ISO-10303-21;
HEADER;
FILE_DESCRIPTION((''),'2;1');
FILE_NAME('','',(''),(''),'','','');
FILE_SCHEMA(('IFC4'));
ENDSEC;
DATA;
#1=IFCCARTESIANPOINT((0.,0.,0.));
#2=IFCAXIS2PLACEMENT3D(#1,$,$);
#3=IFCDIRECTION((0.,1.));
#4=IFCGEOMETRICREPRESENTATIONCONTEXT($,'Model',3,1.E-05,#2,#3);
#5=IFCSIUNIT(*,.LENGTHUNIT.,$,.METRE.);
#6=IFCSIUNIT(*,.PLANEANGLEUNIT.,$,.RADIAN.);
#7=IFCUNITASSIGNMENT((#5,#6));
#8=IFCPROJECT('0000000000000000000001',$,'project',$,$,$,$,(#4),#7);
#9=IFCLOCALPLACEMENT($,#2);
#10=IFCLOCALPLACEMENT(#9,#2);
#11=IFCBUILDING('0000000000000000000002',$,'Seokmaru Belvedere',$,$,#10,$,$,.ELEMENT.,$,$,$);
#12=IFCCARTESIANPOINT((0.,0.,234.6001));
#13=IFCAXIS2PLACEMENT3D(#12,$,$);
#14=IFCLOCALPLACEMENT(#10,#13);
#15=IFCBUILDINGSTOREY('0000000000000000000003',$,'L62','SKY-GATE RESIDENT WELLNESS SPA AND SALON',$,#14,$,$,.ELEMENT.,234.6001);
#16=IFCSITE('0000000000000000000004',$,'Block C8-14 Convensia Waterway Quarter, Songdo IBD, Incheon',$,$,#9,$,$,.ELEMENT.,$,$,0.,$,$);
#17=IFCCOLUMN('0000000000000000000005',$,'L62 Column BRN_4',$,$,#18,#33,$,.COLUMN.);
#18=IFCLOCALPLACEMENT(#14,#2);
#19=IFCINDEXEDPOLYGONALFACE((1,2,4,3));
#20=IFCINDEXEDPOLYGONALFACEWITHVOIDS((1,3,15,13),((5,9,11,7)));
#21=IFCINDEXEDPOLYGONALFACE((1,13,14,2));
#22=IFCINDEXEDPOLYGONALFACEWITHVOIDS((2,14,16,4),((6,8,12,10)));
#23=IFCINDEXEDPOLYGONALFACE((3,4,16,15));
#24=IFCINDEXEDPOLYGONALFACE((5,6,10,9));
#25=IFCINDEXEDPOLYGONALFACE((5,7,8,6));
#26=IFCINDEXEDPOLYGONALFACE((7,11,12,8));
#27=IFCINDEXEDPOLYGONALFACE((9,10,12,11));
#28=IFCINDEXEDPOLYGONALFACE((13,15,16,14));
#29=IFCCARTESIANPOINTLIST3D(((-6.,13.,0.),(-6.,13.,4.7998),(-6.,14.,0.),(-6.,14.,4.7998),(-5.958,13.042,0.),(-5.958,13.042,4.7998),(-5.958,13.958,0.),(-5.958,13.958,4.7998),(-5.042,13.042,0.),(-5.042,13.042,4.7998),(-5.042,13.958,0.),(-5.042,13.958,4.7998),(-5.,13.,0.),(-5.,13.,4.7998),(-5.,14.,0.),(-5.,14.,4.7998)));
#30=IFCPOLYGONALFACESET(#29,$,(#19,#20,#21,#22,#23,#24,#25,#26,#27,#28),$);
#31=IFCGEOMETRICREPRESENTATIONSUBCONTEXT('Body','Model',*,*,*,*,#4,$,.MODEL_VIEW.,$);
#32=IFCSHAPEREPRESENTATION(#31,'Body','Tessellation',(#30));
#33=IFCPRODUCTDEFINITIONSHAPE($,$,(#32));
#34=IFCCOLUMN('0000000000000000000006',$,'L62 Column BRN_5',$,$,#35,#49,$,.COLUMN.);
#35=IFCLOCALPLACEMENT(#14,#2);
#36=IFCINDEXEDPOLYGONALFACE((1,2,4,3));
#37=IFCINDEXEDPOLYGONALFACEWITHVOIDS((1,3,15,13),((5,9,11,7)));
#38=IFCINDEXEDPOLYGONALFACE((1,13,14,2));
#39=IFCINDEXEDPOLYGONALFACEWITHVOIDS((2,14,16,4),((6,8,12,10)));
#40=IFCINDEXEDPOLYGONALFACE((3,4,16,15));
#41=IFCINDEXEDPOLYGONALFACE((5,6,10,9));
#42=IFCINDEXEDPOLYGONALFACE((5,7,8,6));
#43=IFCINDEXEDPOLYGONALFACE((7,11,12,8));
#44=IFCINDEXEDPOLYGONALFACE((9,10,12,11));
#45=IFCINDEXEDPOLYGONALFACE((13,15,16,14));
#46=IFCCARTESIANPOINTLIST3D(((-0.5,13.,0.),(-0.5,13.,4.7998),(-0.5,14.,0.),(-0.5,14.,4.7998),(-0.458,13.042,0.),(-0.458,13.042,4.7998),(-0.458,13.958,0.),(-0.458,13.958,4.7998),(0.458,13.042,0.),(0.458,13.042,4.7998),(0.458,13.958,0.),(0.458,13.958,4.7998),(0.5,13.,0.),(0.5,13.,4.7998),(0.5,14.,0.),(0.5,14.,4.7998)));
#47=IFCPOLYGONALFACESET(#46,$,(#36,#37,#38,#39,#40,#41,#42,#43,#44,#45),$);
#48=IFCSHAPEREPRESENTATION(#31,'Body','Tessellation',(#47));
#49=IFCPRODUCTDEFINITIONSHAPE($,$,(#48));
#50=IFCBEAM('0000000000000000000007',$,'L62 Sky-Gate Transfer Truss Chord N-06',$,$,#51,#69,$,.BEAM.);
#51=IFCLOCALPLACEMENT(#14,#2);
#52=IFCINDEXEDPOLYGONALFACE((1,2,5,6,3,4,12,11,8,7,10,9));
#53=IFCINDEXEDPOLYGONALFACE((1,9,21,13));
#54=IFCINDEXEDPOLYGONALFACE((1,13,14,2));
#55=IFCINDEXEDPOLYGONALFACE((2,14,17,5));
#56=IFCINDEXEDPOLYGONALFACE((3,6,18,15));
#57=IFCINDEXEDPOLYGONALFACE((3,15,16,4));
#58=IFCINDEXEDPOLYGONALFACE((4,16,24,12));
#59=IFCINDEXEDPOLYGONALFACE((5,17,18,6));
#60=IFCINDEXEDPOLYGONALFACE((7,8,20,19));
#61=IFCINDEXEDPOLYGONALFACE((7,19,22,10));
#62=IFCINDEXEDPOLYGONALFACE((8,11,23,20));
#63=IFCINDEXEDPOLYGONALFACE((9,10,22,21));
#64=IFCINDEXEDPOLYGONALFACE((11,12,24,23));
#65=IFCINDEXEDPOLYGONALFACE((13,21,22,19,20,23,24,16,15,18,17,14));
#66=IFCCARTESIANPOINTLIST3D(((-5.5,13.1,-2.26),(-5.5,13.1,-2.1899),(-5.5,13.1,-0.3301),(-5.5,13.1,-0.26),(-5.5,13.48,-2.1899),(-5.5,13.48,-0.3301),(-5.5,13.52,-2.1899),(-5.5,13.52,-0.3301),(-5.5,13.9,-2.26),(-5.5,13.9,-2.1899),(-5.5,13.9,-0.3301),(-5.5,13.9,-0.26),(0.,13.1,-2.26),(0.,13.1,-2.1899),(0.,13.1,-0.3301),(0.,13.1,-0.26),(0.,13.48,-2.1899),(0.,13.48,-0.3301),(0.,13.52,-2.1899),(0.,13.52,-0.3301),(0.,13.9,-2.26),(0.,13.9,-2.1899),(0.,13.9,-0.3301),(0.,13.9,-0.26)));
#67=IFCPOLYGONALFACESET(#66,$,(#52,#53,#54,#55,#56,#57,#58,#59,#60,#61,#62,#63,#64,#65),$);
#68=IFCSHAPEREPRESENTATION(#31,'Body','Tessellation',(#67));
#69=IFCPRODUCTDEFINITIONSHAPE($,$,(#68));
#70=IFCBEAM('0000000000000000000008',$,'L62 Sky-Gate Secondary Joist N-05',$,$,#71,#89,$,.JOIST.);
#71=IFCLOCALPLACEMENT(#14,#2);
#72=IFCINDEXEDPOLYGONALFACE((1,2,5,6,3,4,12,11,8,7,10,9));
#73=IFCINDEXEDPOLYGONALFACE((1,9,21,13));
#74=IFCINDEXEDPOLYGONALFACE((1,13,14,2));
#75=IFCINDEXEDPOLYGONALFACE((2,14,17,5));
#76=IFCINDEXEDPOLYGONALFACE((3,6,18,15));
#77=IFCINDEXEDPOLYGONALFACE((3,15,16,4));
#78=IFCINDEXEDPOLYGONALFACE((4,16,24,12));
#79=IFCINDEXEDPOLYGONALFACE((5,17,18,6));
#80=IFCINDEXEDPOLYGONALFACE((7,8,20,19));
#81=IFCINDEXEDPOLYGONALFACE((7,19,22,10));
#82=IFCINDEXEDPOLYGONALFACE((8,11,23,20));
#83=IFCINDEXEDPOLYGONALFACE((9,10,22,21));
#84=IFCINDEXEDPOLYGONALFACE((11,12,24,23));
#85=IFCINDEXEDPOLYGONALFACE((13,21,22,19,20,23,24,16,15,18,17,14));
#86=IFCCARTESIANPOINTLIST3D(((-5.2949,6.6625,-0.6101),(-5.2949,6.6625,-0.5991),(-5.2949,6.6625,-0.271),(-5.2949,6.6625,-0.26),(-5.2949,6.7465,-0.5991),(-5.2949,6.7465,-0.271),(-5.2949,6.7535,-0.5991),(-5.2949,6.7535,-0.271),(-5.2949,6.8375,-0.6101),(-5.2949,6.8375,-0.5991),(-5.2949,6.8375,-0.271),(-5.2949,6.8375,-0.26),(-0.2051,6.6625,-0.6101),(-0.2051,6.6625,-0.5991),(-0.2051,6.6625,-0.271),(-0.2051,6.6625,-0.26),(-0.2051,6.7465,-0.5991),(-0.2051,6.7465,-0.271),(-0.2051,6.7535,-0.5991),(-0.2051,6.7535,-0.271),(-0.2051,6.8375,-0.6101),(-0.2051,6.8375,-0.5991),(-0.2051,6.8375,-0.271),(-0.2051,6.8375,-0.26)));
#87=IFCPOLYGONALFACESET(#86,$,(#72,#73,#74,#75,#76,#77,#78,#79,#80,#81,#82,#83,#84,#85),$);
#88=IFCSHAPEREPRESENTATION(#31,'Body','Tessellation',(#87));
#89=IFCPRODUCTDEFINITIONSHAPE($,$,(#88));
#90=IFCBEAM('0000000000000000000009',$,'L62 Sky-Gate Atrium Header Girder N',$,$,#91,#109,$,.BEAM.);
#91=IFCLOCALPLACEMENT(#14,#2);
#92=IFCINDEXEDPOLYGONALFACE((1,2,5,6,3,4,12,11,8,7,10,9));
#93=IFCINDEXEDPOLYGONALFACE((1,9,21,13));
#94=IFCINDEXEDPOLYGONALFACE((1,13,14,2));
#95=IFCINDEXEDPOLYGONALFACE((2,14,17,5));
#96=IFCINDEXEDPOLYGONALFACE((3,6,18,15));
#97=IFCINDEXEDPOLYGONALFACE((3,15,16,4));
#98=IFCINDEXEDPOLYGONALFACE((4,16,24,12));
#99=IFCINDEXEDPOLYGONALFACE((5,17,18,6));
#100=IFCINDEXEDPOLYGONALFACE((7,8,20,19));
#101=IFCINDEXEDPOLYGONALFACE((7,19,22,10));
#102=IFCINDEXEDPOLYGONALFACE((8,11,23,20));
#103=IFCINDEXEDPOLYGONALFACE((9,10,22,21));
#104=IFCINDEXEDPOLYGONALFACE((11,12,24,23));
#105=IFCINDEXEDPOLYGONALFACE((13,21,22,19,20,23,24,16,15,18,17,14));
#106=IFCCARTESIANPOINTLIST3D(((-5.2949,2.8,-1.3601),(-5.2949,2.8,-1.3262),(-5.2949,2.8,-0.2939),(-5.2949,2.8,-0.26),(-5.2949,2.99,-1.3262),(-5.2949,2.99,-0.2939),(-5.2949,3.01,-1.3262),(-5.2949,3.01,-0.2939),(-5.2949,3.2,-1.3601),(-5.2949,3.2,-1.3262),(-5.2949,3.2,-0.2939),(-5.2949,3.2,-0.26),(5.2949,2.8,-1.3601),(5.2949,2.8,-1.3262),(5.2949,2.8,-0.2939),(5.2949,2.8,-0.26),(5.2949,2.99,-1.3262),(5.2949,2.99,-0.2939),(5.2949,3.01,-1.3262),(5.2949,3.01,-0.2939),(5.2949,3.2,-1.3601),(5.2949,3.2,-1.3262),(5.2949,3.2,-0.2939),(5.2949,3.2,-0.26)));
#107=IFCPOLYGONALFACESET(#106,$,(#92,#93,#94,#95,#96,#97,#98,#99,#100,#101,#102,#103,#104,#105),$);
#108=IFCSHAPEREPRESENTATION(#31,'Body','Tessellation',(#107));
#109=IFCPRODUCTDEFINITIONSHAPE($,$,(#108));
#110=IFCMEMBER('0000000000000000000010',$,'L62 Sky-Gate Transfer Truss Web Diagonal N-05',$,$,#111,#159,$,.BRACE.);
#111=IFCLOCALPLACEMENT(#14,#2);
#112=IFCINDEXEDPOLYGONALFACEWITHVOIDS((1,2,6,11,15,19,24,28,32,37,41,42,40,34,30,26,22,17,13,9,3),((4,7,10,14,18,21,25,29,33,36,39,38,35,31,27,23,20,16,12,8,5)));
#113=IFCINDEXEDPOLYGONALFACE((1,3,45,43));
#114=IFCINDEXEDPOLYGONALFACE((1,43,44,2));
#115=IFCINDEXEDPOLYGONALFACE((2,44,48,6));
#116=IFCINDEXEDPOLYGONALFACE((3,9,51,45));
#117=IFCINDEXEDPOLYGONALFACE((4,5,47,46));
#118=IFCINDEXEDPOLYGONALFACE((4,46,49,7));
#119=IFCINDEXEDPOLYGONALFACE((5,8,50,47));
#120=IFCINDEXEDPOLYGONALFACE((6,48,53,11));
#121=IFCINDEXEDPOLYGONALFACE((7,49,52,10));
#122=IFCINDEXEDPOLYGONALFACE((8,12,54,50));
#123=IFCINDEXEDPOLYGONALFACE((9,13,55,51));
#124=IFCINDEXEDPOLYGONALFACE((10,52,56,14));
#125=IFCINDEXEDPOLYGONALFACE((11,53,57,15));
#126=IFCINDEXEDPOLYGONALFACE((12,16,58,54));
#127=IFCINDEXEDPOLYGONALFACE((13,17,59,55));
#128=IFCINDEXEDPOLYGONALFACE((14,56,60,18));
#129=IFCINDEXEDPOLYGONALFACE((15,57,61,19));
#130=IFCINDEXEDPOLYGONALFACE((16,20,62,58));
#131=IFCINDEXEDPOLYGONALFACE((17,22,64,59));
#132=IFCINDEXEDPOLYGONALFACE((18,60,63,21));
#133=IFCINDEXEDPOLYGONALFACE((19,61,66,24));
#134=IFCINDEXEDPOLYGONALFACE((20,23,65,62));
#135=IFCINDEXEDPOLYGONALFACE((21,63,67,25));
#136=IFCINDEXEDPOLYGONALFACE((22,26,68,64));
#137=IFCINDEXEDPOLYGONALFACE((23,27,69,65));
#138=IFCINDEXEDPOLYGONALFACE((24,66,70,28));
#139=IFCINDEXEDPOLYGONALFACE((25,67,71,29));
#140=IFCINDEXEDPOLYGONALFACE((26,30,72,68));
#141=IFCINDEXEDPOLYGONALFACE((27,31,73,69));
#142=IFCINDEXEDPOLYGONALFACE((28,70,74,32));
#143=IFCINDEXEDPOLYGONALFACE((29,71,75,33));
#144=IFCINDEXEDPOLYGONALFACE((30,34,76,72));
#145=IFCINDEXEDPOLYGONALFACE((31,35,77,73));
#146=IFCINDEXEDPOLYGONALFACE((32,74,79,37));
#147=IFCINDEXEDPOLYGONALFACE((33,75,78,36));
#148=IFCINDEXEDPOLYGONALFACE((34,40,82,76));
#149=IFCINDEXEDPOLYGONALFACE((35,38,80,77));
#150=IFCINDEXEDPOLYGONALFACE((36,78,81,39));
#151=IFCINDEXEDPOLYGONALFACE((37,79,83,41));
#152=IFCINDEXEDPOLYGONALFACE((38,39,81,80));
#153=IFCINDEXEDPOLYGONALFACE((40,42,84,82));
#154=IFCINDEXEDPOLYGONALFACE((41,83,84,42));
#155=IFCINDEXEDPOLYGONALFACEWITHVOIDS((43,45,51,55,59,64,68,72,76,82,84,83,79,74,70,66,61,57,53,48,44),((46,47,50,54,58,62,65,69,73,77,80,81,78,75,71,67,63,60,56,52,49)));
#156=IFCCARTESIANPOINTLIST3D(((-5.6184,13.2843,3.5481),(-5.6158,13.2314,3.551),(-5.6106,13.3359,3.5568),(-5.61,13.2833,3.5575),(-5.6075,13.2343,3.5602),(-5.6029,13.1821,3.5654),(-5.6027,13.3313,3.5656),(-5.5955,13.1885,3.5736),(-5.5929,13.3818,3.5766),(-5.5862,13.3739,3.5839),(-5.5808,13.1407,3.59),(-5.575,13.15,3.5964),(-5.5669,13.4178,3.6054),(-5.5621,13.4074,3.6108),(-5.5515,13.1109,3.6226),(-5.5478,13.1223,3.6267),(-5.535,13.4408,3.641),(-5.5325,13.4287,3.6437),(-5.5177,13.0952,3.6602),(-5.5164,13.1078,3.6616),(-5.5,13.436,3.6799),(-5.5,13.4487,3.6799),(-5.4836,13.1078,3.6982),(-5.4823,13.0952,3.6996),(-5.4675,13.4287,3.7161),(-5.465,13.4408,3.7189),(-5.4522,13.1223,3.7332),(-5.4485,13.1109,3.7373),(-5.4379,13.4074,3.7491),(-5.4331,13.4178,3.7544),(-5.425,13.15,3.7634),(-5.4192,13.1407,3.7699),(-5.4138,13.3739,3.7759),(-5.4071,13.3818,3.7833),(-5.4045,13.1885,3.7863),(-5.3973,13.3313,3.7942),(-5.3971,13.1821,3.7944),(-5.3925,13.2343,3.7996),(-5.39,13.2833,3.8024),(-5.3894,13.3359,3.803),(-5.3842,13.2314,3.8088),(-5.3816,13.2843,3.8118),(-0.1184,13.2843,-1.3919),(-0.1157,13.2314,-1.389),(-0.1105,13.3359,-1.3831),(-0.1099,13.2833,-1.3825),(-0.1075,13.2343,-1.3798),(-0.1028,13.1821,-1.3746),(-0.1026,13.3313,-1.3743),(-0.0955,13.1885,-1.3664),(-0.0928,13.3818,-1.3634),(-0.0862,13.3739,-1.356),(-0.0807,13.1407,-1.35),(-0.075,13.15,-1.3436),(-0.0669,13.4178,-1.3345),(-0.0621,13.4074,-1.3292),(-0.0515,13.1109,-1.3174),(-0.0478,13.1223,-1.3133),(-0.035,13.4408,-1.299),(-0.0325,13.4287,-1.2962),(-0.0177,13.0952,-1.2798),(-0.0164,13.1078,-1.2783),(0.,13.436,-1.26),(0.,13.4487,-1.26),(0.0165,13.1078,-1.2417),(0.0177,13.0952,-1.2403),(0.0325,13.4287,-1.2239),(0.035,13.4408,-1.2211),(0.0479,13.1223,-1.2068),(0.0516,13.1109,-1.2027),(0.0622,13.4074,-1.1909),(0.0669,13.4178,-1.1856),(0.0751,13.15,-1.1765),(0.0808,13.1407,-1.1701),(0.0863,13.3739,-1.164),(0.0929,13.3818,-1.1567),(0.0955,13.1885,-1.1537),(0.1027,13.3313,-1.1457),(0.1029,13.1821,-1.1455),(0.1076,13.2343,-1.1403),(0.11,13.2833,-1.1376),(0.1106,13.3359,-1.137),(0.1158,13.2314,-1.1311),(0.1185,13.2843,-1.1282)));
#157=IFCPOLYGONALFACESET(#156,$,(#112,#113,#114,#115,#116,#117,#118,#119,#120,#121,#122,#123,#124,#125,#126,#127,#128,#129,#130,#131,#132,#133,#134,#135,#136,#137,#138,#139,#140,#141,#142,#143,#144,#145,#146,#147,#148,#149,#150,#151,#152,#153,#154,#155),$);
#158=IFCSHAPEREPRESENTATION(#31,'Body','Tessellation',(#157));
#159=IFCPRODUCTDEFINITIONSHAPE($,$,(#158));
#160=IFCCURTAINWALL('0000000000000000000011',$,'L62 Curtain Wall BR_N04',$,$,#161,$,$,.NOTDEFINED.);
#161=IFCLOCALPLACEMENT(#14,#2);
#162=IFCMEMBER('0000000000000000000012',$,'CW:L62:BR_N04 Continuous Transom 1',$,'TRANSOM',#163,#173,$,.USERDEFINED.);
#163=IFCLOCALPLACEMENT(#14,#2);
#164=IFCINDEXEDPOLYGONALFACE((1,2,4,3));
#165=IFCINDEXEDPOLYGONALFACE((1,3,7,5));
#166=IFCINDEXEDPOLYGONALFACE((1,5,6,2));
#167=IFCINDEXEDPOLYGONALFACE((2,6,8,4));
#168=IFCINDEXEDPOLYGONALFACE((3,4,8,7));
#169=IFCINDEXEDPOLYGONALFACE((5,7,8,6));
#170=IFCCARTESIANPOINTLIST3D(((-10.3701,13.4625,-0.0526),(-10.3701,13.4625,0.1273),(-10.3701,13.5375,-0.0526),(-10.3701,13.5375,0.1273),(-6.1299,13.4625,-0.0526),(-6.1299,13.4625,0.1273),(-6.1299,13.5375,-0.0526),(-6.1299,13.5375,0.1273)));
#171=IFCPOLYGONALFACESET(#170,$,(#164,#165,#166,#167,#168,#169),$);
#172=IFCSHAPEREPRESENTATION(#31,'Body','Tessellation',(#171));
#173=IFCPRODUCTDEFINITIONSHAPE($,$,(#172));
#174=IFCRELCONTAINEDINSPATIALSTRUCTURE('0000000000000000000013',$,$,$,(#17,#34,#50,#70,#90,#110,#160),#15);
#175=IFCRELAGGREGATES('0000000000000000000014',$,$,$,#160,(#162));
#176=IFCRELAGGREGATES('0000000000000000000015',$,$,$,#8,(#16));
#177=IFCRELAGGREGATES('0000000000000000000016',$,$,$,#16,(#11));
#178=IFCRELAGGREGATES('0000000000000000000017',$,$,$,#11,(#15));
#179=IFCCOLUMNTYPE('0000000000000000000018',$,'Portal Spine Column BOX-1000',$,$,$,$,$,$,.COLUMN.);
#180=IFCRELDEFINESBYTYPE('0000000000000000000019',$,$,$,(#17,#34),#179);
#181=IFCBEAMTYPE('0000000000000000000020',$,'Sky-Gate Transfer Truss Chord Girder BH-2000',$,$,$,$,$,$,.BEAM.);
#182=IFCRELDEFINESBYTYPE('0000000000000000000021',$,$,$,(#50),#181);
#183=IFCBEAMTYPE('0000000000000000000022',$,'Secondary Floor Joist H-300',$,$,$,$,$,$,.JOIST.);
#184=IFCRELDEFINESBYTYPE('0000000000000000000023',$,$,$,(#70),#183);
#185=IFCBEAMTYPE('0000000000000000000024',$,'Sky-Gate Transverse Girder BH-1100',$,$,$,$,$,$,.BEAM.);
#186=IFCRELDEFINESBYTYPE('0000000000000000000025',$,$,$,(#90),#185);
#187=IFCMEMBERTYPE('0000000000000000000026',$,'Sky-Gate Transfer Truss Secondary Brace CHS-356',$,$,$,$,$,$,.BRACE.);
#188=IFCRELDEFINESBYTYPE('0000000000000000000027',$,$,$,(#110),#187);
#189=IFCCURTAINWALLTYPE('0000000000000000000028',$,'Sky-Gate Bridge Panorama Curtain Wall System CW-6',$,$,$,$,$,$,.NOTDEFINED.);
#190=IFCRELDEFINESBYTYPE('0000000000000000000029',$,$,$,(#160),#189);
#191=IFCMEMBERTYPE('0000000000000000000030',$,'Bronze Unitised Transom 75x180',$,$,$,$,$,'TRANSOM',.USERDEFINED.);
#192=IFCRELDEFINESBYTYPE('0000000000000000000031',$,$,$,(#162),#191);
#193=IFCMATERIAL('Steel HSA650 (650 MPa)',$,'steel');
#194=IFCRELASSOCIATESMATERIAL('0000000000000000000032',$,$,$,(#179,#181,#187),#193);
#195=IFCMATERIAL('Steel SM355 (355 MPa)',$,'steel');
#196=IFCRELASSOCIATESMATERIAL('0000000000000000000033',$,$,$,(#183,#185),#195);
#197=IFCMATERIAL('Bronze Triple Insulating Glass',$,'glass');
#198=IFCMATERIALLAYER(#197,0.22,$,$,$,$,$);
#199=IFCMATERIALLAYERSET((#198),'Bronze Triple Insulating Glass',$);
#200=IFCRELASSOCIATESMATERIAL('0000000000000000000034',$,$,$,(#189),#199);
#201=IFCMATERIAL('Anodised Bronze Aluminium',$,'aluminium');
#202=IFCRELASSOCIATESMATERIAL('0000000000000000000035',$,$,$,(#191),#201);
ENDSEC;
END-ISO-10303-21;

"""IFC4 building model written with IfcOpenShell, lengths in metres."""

from ifc_helpers import new_model, si_unit, direction, frame, origin, origin_2d, place, context, subcontext, project, spatial, rectangle, hollow_rectangle, hollow_circle, i_section, extrude, source, transform, mapped, material, layer, layer_set, material_profile, profile_set, type_object, type_shapes, element, aggregate, save


model = new_model("IFC4")

# Units and contexts
model_context = context("Model", 3, precision=1e-05, world=origin(), true_north=direction((0.0, 1.0)))
body_context = subcontext(model_context, "Body", "Model", "MODEL_VIEW")
ifc_project = project(units=[si_unit("LENGTHUNIT", "METRE"), si_unit("PLANEANGLEUNIT", "RADIAN")], contexts=[model_context])

# Site, building, storey
site_placement = place(None, origin())
site = spatial("IfcSite", under=ifc_project, at=site_placement, Name="Block C8-14 Convensia Waterway Quarter, Songdo IBD, Incheon", CompositionType="ELEMENT", RefElevation=0.0)
building_placement = place(site_placement, origin())
building = spatial("IfcBuilding", under=site, at=building_placement, Name="Seokmaru Belvedere", CompositionType="ELEMENT")
storey_placement = place(building_placement, frame((0.0, 0.0, 234.6001)))
storey = spatial("IfcBuildingStorey", under=building, at=storey_placement, Name="L62", Description="SKY-GATE RESIDENT WELLNESS SPA AND SALON", CompositionType="ELEMENT", Elevation=234.6001)

# Columns
ifc_material_1 = material(Name="Steel HSA650 (650 MPa)", Category="steel")
ifc_material_profile_1 = material_profile(ifc_material_1, hollow_rectangle(XDim=1.0, YDim=1.0, WallThickness=0.042, at=origin_2d()), Name="BOX-1000x1000x42")
ifc_profile_set_1 = profile_set([ifc_material_profile_1], Name="Steel HSA650 (650 MPa)")
column_type = type_object("IfcColumnType", Name="Portal Spine Column BOX-1000", PredefinedType="COLUMN", material=ifc_profile_set_1)
shared_shape_1 = source(origin(), body_context, "Body", "SweptSolid", [
    extrude(hollow_rectangle(XDim=1.0, YDim=1.0, WallThickness=0.042, at=origin_2d()), origin(), (0.0, 0.0, 1.0), 4.7998),
])
type_shapes(column_type, [shared_shape_1])
for number, where, z_axis, x_axis, name in (
    (1, (-5.5, 13.5, 0.0), (0.0, 0.0, 1.0), (1.0, 0.0, 0.0), "L62 Column BRN_4"),
    (2, (0.0, 13.5, 0.0), (0.0, 0.0, 1.0), (1.0, 0.0, 0.0), "L62 Column BRN_5"),
):
    element("IfcColumn", number, at=place(storey_placement, frame(where, z_axis=z_axis, x_axis=x_axis)), inside=storey, type_object=column_type, Name=name, PredefinedType="COLUMN", context=body_context, shape_type="MappedRepresentation", body=[
        mapped(shared_shape_1, transform((0.0, 0.0, 0.0), scale=1.0)),
    ])

# Beams
ifc_material_profile_2 = material_profile(ifc_material_1, i_section(OverallWidth=0.8, OverallDepth=2.0, WebThickness=0.04, FlangeThickness=0.0701, at=origin_2d()), Name="BH-2000x800x40x70")
ifc_profile_set_2 = profile_set([ifc_material_profile_2], Name="Steel HSA650 (650 MPa)")
beam_type_1 = type_object("IfcBeamType", Name="Sky-Gate Transfer Truss Chord Girder BH-2000", PredefinedType="BEAM", material=ifc_profile_set_2)
shared_shape_2 = source(origin(), body_context, "Body", "SweptSolid", [
    extrude(i_section(OverallWidth=0.8, OverallDepth=2.0, WebThickness=0.04, FlangeThickness=0.0701, at=origin_2d()), origin(), (0.0, 0.0, 1.0), 5.5),
])
type_shapes(beam_type_1, [shared_shape_2])
beam_1_placement = place(storey_placement, frame((-5.5, 13.5, -1.26), z_axis=(1.0, 0.0, 0.0), x_axis=(0.0, 1.0, 0.0)))
element("IfcBeam", 3, at=beam_1_placement, inside=storey, type_object=beam_type_1, Name="L62 Sky-Gate Transfer Truss Chord N-06", PredefinedType="BEAM", context=body_context, shape_type="MappedRepresentation", body=[
    mapped(shared_shape_2, transform((0.0, 0.0, 0.0), scale=1.0)),
])
ifc_material_2 = material(Name="Steel SM355 (355 MPa)", Category="steel")
ifc_material_profile_3 = material_profile(ifc_material_2, i_section(OverallWidth=0.175, OverallDepth=0.3501, WebThickness=0.0071, FlangeThickness=0.011, at=origin_2d()), Name="H-350x175x7x11")
ifc_profile_set_3 = profile_set([ifc_material_profile_3], Name="Steel SM355 (355 MPa)")
beam_type_2 = type_object("IfcBeamType", Name="Secondary Floor Joist H-300", PredefinedType="JOIST", material=ifc_profile_set_3)
shared_shape_3 = source(origin(), body_context, "Body", "SweptSolid", [
    extrude(i_section(OverallWidth=0.175, OverallDepth=0.3501, WebThickness=0.0071, FlangeThickness=0.011, at=origin_2d()), origin(), (0.0, 0.0, 1.0), 5.0898),
])
type_shapes(beam_type_2, [shared_shape_3])
beam_2_placement = place(storey_placement, frame((-5.2949, 6.75, -0.4351), z_axis=(1.0, 0.0, 0.0), x_axis=(0.0, 1.0, 0.0)))
element("IfcBeam", 4, at=beam_2_placement, inside=storey, type_object=beam_type_2, Name="L62 Sky-Gate Secondary Joist N-05", PredefinedType="JOIST", context=body_context, shape_type="MappedRepresentation", body=[
    mapped(shared_shape_3, transform((0.0, 0.0, 0.0), scale=1.0)),
])
ifc_material_profile_4 = material_profile(ifc_material_2, i_section(OverallWidth=0.3999, OverallDepth=1.1001, WebThickness=0.02, FlangeThickness=0.0339, at=origin_2d()), Name="BH-1100x400x20x34")
ifc_profile_set_4 = profile_set([ifc_material_profile_4], Name="Steel SM355 (355 MPa)")
beam_type_3 = type_object("IfcBeamType", Name="Sky-Gate Transverse Girder BH-1100", PredefinedType="BEAM", material=ifc_profile_set_4)
shared_shape_4 = source(origin(), body_context, "Body", "SweptSolid", [
    extrude(i_section(OverallWidth=0.3999, OverallDepth=1.1001, WebThickness=0.02, FlangeThickness=0.0339, at=origin_2d()), origin(), (0.0, 0.0, 1.0), 10.5898),
])
type_shapes(beam_type_3, [shared_shape_4])
beam_3_placement = place(storey_placement, frame((-5.2949, 3.0, -0.8101), z_axis=(1.0, 0.0, 0.0), x_axis=(0.0, 1.0, 0.0)))
element("IfcBeam", 5, at=beam_3_placement, inside=storey, type_object=beam_type_3, Name="L62 Sky-Gate Atrium Header Girder N", PredefinedType="BEAM", context=body_context, shape_type="MappedRepresentation", body=[
    mapped(shared_shape_4, transform((0.0, 0.0, 0.0), scale=1.0)),
])

# Member
ifc_material_profile_5 = material_profile(ifc_material_1, hollow_circle(Radius=0.1777, WallThickness=0.0127, at=origin_2d()), Name="CHS-355.6x12.7")
ifc_profile_set_5 = profile_set([ifc_material_profile_5], Name="Steel HSA650 (650 MPa)")
member_type_1 = type_object("IfcMemberType", Name="Sky-Gate Transfer Truss Secondary Brace CHS-356", PredefinedType="BRACE", material=ifc_profile_set_5)
shared_shape_5 = source(origin(), body_context, "Body", "SweptSolid", [
    extrude(hollow_circle(Radius=0.1777, WallThickness=0.0127, at=origin_2d()), origin(), (0.0, 0.0, 1.0), 7.3928),
])
type_shapes(member_type_1, [shared_shape_5])
member_1_placement = place(storey_placement, frame((-5.5, 13.271, 3.6799), z_axis=(0.74397, 0.0, -0.668213), x_axis=(0.0, 1.0, 0.0)))
element("IfcMember", 6, at=member_1_placement, inside=storey, type_object=member_type_1, Name="L62 Sky-Gate Transfer Truss Web Diagonal N-05", PredefinedType="BRACE", context=body_context, shape_type="MappedRepresentation", body=[
    mapped(shared_shape_5, transform((0.0, 0.0, 0.0), scale=1.0)),
])

# Curtain wall, member
ifc_material_3 = material(Name="Bronze Triple Insulating Glass", Category="glass")
ifc_layer_1 = layer(ifc_material_3, 0.22)
ifc_layer_set_1 = layer_set([ifc_layer_1], Name="Bronze Triple Insulating Glass")
curtain_wall_type = type_object("IfcCurtainWallType", Name="Sky-Gate Bridge Panorama Curtain Wall System CW-6", PredefinedType="NOTDEFINED", material=ifc_layer_set_1)
curtain_wall_1_placement = place(storey_placement, origin())
curtain_wall_1 = element("IfcCurtainWall", 7, at=curtain_wall_1_placement, inside=storey, type_object=curtain_wall_type, Name="L62 Curtain Wall BR_N04", PredefinedType="NOTDEFINED")
ifc_material_4 = material(Name="Anodised Bronze Aluminium", Category="aluminium")
ifc_material_profile_6 = material_profile(ifc_material_4, rectangle(XDim=0.075, YDim=0.1799, at=origin_2d()), Name="CW-T-75x180")
ifc_profile_set_6 = profile_set([ifc_material_profile_6], Name="Anodised Bronze Aluminium")
member_type_2 = type_object("IfcMemberType", Name="Bronze Unitised Transom 75x180", ElementType="TRANSOM", PredefinedType="USERDEFINED", material=ifc_profile_set_6)
shared_shape_6 = source(origin(), body_context, "Body", "SweptSolid", [
    extrude(rectangle(XDim=0.075, YDim=0.1799, at=origin_2d()), origin(), (0.0, 0.0, 1.0), 4.2402),
])
type_shapes(member_type_2, [shared_shape_6])
member_2_placement = place(storey_placement, frame((-6.1299, 13.5, 0.0374), z_axis=(-1.0, 0.0, 0.0), x_axis=(0.0, -1.0, 0.0)))
member_2 = element("IfcMember", 8, at=member_2_placement, type_object=member_type_2, Name="CW:L62:BR_N04 Continuous Transom 1", ObjectType="TRANSOM", PredefinedType="USERDEFINED", context=body_context, shape_type="MappedRepresentation", body=[
    mapped(shared_shape_6, transform((0.0, 0.0, 0.0), scale=1.0)),
])

aggregate(curtain_wall_1, [member_2])

save(model, "model.ifc")
